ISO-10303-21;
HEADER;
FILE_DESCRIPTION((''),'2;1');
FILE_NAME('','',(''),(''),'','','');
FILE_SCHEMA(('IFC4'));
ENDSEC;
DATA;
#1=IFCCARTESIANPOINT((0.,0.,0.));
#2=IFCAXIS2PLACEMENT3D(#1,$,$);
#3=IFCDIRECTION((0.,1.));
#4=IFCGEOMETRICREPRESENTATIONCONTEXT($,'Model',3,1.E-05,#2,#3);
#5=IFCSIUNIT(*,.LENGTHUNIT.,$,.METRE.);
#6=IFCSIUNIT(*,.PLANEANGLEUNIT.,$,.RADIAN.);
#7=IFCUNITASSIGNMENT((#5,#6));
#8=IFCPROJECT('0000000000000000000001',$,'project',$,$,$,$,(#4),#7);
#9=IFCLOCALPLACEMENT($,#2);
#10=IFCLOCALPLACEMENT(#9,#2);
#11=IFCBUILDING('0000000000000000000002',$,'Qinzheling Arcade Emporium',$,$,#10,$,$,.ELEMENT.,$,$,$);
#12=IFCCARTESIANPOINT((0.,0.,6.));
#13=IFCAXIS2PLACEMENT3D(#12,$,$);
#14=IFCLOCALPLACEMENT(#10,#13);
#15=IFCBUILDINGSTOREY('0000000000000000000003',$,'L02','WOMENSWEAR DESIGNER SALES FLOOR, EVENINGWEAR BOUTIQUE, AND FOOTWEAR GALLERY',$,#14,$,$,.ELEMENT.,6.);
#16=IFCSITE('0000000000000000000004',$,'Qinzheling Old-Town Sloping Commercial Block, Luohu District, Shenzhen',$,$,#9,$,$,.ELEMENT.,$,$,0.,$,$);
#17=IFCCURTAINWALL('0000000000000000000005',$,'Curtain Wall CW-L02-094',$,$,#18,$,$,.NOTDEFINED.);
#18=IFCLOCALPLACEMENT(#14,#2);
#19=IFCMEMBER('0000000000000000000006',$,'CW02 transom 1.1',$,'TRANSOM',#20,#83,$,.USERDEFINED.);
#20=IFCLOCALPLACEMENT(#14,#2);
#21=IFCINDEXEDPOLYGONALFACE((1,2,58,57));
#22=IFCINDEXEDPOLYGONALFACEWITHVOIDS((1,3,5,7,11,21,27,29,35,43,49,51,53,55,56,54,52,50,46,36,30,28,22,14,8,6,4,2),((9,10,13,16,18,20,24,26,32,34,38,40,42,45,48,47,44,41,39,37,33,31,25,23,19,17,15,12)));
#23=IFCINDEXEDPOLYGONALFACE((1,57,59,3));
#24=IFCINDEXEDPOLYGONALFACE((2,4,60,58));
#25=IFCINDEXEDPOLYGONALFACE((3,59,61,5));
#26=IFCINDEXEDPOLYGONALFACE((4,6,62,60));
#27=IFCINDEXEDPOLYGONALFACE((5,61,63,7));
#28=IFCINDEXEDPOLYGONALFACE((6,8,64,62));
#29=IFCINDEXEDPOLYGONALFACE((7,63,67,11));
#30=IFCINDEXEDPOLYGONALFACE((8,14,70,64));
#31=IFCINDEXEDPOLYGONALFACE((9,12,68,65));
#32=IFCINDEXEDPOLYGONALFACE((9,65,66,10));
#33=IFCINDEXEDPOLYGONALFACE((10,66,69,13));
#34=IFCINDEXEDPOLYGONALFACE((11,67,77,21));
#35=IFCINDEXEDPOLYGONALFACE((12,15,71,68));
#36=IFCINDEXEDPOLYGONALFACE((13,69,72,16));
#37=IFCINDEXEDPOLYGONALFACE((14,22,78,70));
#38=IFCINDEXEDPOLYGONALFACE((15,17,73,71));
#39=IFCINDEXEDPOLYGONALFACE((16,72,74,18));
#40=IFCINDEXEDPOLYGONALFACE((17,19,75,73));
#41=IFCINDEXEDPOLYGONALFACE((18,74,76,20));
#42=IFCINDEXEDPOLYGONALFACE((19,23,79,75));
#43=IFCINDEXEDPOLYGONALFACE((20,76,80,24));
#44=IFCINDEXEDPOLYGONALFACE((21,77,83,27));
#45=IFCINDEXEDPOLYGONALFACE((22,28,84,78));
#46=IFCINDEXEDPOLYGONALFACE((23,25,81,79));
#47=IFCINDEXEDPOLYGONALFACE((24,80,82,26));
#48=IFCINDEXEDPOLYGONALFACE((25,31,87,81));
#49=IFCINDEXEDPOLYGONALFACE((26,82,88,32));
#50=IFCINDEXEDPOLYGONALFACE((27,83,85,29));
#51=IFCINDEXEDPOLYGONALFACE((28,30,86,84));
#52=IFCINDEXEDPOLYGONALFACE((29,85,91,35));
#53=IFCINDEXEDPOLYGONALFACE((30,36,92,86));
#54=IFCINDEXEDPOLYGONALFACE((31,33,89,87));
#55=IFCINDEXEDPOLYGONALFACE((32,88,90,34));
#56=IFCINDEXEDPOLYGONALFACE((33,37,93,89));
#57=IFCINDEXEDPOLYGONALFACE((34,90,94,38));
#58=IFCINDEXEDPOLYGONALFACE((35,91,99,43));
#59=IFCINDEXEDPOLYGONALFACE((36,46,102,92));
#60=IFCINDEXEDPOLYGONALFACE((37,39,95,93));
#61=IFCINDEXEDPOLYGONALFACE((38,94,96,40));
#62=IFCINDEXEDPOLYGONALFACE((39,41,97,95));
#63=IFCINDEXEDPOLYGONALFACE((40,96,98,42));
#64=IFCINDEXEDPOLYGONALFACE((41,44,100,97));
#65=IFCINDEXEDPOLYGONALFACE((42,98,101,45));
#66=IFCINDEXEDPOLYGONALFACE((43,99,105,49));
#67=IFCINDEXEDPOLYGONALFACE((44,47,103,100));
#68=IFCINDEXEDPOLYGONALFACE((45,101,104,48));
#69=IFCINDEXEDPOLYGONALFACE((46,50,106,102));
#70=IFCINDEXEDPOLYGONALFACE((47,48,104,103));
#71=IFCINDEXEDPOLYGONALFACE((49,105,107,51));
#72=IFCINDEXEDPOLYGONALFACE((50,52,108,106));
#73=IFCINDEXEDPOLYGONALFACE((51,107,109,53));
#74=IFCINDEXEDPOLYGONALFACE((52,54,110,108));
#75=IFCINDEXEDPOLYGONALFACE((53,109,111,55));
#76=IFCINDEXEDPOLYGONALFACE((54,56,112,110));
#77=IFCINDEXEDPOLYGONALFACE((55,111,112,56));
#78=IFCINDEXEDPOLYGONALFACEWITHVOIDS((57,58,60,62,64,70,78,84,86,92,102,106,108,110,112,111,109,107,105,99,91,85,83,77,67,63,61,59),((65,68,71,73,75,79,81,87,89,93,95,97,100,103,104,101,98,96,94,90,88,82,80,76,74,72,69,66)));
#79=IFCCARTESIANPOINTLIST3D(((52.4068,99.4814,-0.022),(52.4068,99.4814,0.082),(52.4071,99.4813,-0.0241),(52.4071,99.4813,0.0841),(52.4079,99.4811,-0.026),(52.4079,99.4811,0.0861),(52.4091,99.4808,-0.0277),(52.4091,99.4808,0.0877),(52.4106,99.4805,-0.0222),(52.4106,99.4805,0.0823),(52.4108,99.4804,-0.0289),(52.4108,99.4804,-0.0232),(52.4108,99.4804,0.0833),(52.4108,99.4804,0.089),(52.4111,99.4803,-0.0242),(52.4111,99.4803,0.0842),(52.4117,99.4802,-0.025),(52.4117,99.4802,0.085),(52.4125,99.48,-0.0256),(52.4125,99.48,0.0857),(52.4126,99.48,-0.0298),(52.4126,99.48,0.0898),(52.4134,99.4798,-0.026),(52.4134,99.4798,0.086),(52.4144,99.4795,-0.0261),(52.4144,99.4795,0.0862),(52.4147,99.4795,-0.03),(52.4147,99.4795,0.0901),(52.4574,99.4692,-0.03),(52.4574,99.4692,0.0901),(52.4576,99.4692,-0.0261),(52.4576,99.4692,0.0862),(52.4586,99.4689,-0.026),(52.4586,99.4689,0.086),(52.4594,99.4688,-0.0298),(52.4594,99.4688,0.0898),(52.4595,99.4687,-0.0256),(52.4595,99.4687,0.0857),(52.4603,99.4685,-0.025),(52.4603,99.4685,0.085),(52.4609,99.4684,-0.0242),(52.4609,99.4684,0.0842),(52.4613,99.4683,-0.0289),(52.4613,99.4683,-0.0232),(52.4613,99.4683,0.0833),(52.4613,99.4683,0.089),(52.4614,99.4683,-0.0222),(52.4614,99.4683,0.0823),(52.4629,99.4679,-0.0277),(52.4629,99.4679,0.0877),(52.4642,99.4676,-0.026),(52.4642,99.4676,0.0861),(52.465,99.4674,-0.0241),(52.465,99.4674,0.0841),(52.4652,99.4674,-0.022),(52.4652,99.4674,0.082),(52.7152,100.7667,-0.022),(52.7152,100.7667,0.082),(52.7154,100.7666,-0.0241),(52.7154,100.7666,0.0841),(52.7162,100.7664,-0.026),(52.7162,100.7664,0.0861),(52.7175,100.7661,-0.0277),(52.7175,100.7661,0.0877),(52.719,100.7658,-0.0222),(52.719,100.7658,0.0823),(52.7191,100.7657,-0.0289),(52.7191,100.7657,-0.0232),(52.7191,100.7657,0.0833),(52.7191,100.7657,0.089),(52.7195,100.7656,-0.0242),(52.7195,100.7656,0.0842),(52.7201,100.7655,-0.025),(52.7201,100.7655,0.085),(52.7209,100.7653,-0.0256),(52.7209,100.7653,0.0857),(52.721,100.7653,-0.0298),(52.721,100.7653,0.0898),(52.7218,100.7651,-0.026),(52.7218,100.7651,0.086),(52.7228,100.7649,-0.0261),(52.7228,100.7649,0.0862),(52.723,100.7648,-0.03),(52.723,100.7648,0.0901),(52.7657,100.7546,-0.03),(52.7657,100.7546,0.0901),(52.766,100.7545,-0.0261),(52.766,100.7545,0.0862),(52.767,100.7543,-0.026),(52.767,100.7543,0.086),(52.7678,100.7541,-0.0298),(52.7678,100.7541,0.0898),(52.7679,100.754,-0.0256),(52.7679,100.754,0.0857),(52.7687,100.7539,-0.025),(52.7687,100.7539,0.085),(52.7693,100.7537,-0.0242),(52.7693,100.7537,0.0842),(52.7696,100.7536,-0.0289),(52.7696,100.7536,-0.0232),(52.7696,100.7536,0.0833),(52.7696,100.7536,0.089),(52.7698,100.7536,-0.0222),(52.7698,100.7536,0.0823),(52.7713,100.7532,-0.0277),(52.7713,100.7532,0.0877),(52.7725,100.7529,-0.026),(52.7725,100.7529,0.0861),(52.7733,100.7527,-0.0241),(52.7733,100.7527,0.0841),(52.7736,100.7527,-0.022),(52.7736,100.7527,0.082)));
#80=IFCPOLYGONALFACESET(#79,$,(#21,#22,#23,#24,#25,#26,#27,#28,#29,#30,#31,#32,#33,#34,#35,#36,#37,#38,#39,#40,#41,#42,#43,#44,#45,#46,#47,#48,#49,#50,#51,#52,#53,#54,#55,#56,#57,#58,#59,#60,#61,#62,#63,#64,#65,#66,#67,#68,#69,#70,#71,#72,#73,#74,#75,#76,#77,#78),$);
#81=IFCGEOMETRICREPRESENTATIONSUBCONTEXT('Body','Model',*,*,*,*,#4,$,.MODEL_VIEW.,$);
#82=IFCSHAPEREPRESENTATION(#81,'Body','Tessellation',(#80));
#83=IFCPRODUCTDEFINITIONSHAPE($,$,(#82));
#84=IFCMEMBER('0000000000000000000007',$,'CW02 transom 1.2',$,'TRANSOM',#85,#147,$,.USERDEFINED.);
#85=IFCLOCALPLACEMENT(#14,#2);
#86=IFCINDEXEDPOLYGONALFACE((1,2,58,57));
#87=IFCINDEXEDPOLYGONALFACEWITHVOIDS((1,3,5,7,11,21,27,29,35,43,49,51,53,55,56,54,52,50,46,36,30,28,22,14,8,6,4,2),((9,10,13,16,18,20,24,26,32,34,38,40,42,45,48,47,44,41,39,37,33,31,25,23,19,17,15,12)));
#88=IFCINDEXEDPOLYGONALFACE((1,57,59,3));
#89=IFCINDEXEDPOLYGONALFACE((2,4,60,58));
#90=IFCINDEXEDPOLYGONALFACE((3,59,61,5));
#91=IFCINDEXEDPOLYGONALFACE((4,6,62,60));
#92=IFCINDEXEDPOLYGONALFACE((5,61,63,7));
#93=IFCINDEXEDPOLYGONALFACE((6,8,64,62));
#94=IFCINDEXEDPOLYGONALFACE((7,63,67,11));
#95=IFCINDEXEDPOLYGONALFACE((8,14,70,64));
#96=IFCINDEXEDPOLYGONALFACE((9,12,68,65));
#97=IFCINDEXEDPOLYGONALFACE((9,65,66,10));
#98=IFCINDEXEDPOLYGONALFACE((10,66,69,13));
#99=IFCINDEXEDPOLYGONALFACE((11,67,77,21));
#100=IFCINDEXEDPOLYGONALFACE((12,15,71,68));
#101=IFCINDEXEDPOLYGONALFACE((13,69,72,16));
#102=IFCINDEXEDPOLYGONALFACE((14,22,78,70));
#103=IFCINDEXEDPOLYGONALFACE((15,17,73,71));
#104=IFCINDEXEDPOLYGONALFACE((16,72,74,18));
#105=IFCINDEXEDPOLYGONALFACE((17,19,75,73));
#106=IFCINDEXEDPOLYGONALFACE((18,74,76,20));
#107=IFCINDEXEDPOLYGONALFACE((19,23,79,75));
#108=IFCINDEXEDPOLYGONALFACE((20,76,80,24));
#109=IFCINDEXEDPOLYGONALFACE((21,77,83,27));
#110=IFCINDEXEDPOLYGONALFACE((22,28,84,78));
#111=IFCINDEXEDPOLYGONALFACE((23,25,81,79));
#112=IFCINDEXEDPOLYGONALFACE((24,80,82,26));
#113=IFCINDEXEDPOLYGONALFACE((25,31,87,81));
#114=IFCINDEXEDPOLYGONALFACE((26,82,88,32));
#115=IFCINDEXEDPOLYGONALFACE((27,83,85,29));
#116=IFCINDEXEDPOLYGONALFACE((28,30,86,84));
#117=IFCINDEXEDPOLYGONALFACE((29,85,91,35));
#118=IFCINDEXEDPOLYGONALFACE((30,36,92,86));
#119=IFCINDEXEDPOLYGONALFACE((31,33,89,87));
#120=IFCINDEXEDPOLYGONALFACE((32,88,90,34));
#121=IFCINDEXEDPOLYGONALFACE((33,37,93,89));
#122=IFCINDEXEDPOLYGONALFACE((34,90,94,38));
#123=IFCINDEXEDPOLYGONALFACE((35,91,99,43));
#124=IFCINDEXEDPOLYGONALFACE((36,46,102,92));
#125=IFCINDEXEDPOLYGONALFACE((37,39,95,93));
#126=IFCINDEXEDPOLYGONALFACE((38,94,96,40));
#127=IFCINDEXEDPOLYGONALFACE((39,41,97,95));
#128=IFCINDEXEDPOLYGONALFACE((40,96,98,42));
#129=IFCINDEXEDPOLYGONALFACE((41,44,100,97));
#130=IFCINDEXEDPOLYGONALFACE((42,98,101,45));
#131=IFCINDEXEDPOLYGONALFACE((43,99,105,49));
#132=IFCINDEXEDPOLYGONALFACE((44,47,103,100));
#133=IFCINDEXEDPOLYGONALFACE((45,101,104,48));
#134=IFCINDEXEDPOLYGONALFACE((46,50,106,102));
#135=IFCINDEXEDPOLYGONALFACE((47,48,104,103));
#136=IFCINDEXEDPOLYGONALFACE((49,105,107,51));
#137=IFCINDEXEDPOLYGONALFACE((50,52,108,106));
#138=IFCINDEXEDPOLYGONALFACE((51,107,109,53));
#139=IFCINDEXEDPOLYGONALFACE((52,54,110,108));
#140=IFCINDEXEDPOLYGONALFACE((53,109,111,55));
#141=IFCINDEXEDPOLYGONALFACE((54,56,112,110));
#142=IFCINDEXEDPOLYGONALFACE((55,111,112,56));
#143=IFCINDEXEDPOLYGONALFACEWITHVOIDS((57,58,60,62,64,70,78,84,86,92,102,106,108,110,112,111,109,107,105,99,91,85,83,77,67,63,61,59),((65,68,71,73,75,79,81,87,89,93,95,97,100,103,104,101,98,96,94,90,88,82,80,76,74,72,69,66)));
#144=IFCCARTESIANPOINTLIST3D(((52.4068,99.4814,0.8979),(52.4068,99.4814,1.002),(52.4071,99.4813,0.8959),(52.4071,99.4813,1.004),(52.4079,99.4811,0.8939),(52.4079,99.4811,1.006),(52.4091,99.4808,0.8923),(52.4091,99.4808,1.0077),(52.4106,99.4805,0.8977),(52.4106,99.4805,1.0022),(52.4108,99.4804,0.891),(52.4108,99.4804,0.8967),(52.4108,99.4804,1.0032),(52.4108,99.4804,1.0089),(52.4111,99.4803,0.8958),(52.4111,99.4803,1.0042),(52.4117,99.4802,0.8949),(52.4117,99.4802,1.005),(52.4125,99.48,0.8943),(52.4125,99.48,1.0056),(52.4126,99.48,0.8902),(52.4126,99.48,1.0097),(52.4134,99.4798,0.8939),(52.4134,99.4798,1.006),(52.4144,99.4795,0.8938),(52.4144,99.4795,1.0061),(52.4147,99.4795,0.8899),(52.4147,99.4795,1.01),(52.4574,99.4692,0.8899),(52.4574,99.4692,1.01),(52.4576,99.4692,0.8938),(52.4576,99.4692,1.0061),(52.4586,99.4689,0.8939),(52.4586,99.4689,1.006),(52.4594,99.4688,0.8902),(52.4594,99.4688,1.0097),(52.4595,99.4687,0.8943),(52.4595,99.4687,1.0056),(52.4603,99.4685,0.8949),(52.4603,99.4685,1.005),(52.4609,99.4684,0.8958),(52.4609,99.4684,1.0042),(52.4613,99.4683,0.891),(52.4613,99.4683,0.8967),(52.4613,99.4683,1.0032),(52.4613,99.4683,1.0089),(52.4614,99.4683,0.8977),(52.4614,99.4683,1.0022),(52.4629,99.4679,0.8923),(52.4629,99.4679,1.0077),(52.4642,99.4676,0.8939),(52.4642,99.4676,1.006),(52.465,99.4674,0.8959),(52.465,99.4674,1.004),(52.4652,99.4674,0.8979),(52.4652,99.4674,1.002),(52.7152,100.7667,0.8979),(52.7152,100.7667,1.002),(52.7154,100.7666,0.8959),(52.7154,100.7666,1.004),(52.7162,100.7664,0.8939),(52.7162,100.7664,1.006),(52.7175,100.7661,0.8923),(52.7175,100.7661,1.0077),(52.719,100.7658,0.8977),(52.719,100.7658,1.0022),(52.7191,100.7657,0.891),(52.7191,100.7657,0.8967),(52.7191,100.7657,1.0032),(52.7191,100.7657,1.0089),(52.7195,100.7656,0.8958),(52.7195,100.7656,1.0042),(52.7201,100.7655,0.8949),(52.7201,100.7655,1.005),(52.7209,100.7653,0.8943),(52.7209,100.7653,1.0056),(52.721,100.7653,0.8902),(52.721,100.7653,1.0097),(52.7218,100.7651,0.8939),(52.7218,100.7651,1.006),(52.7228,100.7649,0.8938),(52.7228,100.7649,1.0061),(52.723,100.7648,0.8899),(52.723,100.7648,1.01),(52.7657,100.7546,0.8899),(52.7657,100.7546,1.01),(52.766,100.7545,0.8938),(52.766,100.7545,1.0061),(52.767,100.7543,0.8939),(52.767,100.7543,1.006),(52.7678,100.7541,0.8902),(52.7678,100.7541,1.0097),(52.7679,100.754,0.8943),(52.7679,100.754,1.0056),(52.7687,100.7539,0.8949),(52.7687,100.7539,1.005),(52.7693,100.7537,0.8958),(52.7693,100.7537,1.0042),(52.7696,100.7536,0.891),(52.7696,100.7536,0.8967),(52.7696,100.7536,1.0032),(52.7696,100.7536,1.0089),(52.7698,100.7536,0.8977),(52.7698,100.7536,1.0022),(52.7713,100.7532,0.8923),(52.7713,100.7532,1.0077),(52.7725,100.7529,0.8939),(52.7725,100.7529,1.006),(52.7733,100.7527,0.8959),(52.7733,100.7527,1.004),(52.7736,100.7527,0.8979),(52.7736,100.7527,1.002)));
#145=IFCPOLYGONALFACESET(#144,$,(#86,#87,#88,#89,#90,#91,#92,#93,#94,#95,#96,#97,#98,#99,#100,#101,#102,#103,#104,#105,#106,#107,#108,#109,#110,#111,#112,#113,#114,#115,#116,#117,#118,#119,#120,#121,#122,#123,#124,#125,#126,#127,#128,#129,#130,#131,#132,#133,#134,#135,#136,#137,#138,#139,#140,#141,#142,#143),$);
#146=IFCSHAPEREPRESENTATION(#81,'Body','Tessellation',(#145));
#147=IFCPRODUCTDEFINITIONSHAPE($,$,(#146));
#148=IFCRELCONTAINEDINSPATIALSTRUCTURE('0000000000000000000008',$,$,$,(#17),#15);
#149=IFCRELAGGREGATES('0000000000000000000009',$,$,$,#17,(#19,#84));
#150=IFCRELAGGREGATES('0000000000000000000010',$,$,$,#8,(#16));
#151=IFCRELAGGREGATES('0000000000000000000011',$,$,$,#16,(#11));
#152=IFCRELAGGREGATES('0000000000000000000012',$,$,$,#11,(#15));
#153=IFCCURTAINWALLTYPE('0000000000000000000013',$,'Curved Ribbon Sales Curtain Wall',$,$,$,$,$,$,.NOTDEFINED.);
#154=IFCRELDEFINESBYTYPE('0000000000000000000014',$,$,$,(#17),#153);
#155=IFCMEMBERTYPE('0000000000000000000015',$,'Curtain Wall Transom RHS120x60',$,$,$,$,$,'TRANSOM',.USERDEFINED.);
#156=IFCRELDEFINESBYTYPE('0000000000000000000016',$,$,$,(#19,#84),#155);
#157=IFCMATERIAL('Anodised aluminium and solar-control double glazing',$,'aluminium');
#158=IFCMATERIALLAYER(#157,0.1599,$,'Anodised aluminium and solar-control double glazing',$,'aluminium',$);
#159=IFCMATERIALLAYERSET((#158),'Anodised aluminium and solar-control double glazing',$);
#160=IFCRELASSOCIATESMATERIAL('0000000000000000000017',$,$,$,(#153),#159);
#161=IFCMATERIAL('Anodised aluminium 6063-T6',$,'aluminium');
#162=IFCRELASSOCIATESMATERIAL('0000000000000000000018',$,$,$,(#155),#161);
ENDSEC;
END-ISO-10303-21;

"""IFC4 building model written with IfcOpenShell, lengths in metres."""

from ifc_helpers import new_model, si_unit, direction, frame, origin, origin_2d, place, context, subcontext, project, spatial, hollow_rectangle, extrude, material, layer, layer_set, material_profile, profile_set, type_object, element, aggregate, save


model = new_model("IFC4")

# Units and contexts
model_context = context("Model", 3, precision=1e-05, world=origin(), true_north=direction((0.0, 1.0)))
body_context = subcontext(model_context, "Body", "Model", "MODEL_VIEW")
ifc_project = project(units=[si_unit("LENGTHUNIT", "METRE"), si_unit("PLANEANGLEUNIT", "RADIAN")], contexts=[model_context])

# Site, building, storey
site_placement = place(None, origin())
site = spatial("IfcSite", under=ifc_project, at=site_placement, Name="Qinzheling Old-Town Sloping Commercial Block, Luohu District, Shenzhen", CompositionType="ELEMENT", RefElevation=0.0)
building_placement = place(site_placement, origin())
building = spatial("IfcBuilding", under=site, at=building_placement, Name="Qinzheling Arcade Emporium", CompositionType="ELEMENT")
storey_placement = place(building_placement, frame((0.0, 0.0, 6.0)))
storey = spatial("IfcBuildingStorey", under=building, at=storey_placement, Name="L02", Description="WOMENSWEAR DESIGNER SALES FLOOR, EVENINGWEAR BOUTIQUE, AND FOOTWEAR GALLERY", CompositionType="ELEMENT", Elevation=6.0)

# Shared definitions
ifc_material_1 = material(Name="Anodised aluminium and solar-control double glazing", Category="aluminium")
ifc_material_2 = material(Name="Anodised aluminium 6063-T6", Category="aluminium")

# Curtain wall, members
ifc_layer_1 = layer(ifc_material_1, 0.1599, Name="Anodised aluminium and solar-control double glazing", Category="aluminium")
ifc_layer_set_1 = layer_set([ifc_layer_1], Name="Anodised aluminium and solar-control double glazing")
curtain_wall_type_1 = type_object("IfcCurtainWallType", Name="Curved Ribbon Sales Curtain Wall", PredefinedType="NOTDEFINED", material=ifc_layer_set_1)
curtain_wall_1_placement = place(storey_placement, origin())
curtain_wall_1 = element("IfcCurtainWall", 1, at=curtain_wall_1_placement, inside=storey, type_object=curtain_wall_type_1, Name="Curtain Wall CW-L02-094", PredefinedType="NOTDEFINED")
ifc_material_profile_1 = material_profile(ifc_material_2, hollow_rectangle(XDim=0.0601, YDim=0.1201, WallThickness=0.0039, InnerFilletRadius=0.0039, OuterFilletRadius=0.0081, at=origin_2d()), Name="RHS 120x60x4", Category="aluminium")
ifc_profile_set_1 = profile_set([ifc_material_profile_1], Name="Anodised aluminium 6063-T6")
member_type_1 = type_object("IfcMemberType", Name="Curtain Wall Transom RHS120x60", ElementType="TRANSOM", PredefinedType="USERDEFINED", material=ifc_profile_set_1)
member_1_placement = place(storey_placement, frame((52.436, 99.4744, 0.03), z_axis=(0.233268, 0.972412, 0.0), x_axis=(-0.972412, 0.233268, 0.0)))
member_1 = element("IfcMember", 2, at=member_1_placement, type_object=member_type_1, Name="CW02 transom 1.1", ObjectType="TRANSOM", PredefinedType="USERDEFINED", context=body_context, shape_type="SweptSolid", body=[
    extrude(hollow_rectangle(XDim=0.0601, YDim=0.1201, WallThickness=0.0039, InnerFilletRadius=0.0039, OuterFilletRadius=0.0081, at=origin_2d()), origin(), (0.0, 0.0, 1.0), 1.3218),
])
member_2_placement = place(storey_placement, frame((52.436, 99.4744, 0.95), z_axis=(0.233268, 0.972412, 0.0), x_axis=(-0.972412, 0.233268, 0.0)))
member_2 = element("IfcMember", 3, at=member_2_placement, type_object=member_type_1, Name="CW02 transom 1.2", ObjectType="TRANSOM", PredefinedType="USERDEFINED", context=body_context, shape_type="SweptSolid", body=[
    extrude(hollow_rectangle(XDim=0.0601, YDim=0.1201, WallThickness=0.0039, InnerFilletRadius=0.0039, OuterFilletRadius=0.0081, at=origin_2d()), origin(), (0.0, 0.0, 1.0), 1.3218),
])
aggregate(curtain_wall_1, [member_1, member_2])

save(model, "model.ifc")
